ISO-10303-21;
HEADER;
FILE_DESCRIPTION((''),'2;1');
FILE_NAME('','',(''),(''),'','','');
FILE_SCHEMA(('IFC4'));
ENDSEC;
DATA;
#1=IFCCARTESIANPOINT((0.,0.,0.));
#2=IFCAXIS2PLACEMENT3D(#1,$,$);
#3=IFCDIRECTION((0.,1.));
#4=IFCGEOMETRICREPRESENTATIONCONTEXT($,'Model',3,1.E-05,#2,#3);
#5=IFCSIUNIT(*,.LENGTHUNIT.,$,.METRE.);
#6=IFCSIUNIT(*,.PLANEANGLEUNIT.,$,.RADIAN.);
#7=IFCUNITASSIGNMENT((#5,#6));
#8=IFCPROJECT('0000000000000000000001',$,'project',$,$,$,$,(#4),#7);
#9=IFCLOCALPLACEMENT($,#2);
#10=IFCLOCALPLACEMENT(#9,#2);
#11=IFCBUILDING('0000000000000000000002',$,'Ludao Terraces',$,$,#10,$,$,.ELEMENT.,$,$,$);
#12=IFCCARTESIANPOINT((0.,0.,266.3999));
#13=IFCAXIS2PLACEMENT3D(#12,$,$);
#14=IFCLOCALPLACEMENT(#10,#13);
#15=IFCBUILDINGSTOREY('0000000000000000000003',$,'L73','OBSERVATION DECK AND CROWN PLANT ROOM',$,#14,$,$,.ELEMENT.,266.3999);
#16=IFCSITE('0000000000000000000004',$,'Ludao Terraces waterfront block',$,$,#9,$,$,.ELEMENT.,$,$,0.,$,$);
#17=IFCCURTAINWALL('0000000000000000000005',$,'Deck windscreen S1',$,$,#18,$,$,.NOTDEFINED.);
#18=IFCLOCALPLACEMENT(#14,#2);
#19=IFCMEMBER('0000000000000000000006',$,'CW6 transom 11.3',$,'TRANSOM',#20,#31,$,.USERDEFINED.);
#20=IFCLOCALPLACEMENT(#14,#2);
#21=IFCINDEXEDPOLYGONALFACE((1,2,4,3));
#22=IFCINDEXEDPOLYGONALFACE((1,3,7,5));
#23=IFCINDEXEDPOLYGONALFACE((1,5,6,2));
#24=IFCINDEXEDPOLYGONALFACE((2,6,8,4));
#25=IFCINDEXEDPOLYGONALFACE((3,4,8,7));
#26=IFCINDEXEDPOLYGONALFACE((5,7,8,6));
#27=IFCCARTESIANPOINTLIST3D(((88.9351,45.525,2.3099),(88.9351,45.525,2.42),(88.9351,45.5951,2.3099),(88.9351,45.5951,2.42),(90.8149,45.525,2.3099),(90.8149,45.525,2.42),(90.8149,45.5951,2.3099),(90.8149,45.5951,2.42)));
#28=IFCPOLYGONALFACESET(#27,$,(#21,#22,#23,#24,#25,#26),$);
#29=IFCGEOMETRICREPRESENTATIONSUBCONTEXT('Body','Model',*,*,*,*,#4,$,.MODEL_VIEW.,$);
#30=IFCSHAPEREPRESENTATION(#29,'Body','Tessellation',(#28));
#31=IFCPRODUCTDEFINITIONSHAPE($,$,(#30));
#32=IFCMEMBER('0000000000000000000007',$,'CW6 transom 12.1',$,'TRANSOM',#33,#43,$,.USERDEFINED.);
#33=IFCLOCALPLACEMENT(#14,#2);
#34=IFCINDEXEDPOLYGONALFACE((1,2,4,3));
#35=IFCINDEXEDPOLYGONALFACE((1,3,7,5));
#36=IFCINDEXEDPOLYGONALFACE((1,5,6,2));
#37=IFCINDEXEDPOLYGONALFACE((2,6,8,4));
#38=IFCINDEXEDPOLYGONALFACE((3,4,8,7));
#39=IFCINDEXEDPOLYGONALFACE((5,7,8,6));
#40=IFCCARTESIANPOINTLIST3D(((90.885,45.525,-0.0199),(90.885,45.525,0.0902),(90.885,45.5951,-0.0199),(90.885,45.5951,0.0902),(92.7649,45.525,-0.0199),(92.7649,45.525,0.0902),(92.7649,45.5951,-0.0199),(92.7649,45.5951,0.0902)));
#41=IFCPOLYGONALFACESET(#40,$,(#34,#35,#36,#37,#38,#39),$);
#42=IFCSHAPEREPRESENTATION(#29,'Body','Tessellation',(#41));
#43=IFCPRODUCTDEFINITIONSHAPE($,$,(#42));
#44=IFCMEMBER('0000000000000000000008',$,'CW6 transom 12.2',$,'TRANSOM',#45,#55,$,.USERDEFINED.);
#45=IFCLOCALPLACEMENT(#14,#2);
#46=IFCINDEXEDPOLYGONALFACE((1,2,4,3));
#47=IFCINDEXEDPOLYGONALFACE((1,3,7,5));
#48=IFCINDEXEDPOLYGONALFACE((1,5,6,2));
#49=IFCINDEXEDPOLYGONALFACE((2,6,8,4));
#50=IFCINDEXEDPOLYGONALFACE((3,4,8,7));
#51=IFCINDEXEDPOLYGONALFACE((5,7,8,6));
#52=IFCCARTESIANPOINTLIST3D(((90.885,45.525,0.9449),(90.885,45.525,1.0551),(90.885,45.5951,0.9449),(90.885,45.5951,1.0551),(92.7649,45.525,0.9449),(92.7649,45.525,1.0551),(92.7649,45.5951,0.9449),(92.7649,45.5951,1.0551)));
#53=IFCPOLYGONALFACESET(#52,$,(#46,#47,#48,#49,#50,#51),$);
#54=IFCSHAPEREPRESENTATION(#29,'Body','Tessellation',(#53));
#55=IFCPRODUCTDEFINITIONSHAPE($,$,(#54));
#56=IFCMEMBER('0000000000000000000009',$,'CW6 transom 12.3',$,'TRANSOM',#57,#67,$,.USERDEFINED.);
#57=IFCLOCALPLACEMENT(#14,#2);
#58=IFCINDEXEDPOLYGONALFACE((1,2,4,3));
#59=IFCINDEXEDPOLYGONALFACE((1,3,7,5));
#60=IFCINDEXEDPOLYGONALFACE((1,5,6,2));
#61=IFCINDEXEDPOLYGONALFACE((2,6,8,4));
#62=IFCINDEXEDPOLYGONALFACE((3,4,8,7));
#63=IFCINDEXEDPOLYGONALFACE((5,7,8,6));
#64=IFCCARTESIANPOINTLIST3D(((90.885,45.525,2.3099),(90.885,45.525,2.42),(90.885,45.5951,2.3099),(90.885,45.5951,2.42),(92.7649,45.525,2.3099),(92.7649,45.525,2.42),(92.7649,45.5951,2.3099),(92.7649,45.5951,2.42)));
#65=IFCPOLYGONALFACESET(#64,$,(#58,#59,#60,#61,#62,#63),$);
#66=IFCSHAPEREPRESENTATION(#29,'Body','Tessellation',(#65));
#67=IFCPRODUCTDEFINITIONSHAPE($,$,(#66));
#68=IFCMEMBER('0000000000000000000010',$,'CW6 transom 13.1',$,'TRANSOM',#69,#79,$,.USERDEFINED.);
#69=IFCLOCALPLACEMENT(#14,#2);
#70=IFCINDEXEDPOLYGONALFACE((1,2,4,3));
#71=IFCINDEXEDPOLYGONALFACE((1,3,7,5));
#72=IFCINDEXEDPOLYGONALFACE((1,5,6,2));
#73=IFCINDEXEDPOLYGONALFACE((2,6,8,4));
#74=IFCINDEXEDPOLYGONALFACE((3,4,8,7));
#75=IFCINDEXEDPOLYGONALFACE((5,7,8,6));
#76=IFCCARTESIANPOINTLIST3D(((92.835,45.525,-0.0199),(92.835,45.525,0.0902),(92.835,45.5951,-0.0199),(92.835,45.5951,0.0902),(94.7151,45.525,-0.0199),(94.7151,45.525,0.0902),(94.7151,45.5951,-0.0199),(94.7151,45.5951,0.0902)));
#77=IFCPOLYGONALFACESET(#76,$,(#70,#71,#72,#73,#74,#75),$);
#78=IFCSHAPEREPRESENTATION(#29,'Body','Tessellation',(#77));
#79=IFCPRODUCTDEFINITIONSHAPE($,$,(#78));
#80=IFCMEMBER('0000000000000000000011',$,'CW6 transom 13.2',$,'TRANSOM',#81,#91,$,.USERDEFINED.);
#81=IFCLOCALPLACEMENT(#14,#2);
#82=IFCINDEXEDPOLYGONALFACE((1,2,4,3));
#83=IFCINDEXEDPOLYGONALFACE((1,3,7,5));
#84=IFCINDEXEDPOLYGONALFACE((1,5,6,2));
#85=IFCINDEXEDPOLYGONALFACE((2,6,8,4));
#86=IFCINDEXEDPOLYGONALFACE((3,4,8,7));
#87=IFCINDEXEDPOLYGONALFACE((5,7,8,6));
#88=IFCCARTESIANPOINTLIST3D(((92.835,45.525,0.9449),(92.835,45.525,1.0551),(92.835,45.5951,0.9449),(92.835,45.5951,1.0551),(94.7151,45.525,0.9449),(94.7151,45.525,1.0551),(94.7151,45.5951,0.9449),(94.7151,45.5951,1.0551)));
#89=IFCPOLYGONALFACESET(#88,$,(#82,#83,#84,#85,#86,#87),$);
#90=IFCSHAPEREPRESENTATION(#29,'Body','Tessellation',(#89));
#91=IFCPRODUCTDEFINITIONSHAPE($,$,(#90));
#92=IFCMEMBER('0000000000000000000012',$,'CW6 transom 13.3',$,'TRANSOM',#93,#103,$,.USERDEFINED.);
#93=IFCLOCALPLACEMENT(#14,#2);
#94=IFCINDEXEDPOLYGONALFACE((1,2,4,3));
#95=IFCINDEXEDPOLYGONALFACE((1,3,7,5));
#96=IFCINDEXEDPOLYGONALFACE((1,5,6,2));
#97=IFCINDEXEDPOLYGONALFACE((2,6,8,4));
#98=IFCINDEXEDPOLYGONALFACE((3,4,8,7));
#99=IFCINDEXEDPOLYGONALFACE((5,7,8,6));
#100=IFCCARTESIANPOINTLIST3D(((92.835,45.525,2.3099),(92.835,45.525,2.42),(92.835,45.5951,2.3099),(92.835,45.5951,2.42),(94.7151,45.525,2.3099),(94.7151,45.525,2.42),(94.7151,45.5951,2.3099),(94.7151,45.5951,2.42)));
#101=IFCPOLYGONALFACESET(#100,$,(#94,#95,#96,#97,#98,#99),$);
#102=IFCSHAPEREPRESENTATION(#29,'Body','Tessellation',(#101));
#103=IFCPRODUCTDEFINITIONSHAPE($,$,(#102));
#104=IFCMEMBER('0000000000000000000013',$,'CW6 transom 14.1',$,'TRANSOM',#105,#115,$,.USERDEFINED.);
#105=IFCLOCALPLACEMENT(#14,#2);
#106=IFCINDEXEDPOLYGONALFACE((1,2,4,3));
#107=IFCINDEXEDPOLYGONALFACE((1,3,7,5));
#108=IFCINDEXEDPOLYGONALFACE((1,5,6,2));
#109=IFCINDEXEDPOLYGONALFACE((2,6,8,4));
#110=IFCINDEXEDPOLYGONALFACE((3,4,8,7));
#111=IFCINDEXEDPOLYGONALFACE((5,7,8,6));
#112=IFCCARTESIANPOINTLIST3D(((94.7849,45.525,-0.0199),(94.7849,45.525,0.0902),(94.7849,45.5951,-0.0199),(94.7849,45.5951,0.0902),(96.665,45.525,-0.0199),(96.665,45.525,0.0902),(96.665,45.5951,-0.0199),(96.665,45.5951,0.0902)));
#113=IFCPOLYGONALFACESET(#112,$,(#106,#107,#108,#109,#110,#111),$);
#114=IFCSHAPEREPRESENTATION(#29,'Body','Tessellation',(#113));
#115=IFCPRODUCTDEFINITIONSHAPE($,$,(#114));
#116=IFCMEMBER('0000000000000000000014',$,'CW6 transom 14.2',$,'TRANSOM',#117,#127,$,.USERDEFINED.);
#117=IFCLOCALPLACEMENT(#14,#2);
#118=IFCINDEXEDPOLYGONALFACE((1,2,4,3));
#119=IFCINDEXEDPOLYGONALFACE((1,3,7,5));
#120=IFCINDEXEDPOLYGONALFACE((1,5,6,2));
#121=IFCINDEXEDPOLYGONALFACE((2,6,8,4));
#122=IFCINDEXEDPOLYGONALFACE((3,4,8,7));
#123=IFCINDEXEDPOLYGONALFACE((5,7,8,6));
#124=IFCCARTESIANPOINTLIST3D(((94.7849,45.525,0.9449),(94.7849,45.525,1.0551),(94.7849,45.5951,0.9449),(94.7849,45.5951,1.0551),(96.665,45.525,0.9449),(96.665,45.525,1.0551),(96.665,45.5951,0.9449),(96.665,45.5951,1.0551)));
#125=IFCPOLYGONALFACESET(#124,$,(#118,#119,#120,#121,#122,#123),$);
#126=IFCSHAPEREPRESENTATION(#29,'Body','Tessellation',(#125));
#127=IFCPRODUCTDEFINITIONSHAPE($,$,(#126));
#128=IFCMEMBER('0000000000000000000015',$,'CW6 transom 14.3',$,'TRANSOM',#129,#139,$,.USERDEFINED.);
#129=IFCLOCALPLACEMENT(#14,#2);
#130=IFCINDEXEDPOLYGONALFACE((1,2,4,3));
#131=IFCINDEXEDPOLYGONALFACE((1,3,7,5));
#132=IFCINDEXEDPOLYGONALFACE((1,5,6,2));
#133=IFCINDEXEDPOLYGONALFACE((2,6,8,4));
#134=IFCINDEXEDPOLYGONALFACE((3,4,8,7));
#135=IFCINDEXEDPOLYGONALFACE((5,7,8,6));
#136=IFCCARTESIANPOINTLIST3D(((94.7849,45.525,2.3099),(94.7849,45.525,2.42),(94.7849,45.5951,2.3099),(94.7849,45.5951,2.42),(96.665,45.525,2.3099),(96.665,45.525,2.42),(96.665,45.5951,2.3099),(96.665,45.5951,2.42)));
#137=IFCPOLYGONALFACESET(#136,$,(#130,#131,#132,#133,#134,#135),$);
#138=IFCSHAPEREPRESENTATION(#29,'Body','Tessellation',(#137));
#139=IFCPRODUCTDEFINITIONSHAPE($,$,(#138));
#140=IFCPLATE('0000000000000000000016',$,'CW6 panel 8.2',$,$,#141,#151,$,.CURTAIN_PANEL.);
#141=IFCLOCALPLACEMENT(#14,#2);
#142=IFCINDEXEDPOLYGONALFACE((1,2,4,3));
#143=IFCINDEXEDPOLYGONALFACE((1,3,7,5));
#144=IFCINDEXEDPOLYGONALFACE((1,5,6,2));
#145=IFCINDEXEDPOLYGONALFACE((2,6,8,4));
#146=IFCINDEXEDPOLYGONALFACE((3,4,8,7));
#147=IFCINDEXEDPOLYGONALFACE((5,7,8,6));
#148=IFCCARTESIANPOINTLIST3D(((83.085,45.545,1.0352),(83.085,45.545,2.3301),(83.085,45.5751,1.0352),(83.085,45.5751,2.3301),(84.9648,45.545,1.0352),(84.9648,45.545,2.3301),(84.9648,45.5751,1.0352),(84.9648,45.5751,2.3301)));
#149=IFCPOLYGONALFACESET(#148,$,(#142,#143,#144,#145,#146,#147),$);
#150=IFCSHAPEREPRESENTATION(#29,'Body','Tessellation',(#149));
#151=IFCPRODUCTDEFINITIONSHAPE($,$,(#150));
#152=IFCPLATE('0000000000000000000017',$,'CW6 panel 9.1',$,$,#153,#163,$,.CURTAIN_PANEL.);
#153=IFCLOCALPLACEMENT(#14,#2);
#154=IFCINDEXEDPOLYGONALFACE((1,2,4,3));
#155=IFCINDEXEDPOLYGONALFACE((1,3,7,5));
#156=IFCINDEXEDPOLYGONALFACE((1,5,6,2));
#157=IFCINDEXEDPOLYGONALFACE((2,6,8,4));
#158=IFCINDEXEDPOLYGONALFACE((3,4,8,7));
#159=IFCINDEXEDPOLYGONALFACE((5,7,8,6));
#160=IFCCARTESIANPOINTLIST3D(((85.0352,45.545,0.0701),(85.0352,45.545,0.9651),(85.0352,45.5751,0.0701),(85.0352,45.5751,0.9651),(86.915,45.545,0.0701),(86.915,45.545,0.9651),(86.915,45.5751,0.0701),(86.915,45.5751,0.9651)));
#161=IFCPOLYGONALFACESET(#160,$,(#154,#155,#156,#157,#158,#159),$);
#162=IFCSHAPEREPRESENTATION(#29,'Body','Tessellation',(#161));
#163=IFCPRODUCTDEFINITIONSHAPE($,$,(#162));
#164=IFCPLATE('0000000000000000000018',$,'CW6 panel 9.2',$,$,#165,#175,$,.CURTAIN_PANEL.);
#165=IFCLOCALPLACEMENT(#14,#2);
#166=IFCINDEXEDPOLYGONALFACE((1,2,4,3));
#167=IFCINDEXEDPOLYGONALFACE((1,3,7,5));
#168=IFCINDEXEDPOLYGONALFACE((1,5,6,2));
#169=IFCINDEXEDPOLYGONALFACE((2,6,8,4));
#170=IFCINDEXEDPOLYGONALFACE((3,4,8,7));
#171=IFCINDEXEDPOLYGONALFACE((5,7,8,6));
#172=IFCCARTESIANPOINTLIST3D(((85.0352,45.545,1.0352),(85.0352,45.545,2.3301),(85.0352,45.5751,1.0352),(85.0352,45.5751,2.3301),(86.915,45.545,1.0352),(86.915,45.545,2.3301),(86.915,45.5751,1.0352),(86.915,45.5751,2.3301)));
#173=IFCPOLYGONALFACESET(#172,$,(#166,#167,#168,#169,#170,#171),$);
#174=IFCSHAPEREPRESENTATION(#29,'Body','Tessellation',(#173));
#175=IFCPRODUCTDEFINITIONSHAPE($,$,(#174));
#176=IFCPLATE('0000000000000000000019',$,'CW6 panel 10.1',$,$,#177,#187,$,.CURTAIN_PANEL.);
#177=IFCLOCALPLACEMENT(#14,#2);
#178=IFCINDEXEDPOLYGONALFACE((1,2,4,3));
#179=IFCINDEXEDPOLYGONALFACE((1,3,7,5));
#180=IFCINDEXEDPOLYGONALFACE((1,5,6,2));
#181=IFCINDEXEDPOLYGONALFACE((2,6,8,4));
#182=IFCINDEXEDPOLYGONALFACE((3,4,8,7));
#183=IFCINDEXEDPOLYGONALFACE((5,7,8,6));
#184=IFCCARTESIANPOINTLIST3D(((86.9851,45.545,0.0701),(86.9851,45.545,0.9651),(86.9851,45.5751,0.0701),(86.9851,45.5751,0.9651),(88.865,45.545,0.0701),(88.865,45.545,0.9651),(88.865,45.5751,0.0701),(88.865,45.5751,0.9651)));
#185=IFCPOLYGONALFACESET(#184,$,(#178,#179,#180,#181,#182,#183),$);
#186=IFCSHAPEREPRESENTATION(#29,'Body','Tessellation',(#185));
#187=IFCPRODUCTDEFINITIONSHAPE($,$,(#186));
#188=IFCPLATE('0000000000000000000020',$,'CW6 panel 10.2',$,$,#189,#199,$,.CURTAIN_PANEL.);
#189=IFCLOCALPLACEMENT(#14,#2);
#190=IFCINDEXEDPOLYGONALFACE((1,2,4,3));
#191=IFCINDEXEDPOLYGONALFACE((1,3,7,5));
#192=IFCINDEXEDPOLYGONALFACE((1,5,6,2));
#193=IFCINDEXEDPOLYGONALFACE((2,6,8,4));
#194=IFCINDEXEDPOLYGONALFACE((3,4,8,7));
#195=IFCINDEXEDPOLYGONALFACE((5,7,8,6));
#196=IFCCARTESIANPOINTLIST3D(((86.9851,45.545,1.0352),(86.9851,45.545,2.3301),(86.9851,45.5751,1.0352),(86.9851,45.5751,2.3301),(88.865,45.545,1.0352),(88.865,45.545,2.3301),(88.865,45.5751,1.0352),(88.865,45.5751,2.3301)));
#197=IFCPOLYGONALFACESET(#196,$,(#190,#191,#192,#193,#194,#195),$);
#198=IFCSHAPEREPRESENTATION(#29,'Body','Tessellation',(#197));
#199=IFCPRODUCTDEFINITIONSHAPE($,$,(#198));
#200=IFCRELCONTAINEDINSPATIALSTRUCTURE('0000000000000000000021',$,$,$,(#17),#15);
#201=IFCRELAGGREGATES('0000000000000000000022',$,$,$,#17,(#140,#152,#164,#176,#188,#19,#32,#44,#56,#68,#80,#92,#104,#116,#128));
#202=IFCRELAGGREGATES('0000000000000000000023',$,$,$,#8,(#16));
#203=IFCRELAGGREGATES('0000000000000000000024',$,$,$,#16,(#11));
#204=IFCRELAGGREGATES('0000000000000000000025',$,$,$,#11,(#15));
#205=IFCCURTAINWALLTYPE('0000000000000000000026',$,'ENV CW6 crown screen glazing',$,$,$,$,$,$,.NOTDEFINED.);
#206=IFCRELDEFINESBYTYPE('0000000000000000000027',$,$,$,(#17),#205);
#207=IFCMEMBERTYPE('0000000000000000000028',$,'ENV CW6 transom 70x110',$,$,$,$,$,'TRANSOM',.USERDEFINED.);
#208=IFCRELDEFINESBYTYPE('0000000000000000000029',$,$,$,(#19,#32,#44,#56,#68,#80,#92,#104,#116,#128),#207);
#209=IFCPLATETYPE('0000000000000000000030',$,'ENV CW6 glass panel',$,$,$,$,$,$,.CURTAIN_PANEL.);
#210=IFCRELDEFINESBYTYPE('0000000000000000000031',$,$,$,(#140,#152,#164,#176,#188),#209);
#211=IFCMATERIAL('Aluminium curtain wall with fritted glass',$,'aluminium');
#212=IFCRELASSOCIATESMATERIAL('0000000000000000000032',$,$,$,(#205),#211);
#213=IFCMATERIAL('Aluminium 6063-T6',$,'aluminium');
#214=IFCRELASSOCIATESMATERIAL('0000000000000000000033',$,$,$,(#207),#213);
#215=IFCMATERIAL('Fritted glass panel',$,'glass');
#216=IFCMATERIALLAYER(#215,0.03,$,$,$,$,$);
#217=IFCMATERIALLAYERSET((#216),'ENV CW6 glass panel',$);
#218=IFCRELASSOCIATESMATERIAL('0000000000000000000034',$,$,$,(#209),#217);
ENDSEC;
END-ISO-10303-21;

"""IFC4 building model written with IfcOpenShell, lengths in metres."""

from ifc_helpers import new_model, si_unit, direction, frame, origin, origin_2d, place, context, subcontext, project, spatial, rectangle, extrude, material, layer, layer_set, material_profile, profile_set, type_object, element, aggregate, save


model = new_model("IFC4")

# Units and contexts
model_context = context("Model", 3, precision=1e-05, world=origin(), true_north=direction((0.0, 1.0)))
body_context = subcontext(model_context, "Body", "Model", "MODEL_VIEW")
ifc_project = project(units=[si_unit("LENGTHUNIT", "METRE"), si_unit("PLANEANGLEUNIT", "RADIAN")], contexts=[model_context])

# Site, building, storey
site_placement = place(None, origin())
site = spatial("IfcSite", under=ifc_project, at=site_placement, Name="Ludao Terraces waterfront block", CompositionType="ELEMENT", RefElevation=0.0)
building_placement = place(site_placement, origin())
building = spatial("IfcBuilding", under=site, at=building_placement, Name="Ludao Terraces", CompositionType="ELEMENT")
storey_placement = place(building_placement, frame((0.0, 0.0, 266.3999)))
storey = spatial("IfcBuildingStorey", under=building, at=storey_placement, Name="L73", Description="OBSERVATION DECK AND CROWN PLANT ROOM", CompositionType="ELEMENT", Elevation=266.3999)

# Curtain wall, members, plates
ifc_material_1 = material(Name="Aluminium curtain wall with fritted glass", Category="aluminium")
curtain_wall_type = type_object("IfcCurtainWallType", Name="ENV CW6 crown screen glazing", PredefinedType="NOTDEFINED", material=ifc_material_1)
curtain_wall_placement = place(storey_placement, origin())
curtain_wall = element("IfcCurtainWall", 1, at=curtain_wall_placement, inside=storey, type_object=curtain_wall_type, Name="Deck windscreen S1", PredefinedType="NOTDEFINED")
ifc_material_2 = material(Name="Aluminium 6063-T6", Category="aluminium")
ifc_material_profile_1 = material_profile(ifc_material_2, rectangle(XDim=0.0701, YDim=0.1101, at=origin_2d()), Name="70 X 110")
ifc_profile_set_1 = profile_set([ifc_material_profile_1], Name="Aluminium 6063-T6")
member_type_1 = type_object("IfcMemberType", Name="ENV CW6 transom 70x110", ElementType="TRANSOM", PredefinedType="USERDEFINED", material=ifc_profile_set_1)
member_1_placement = place(storey_placement, frame((88.9351, 45.5601, 2.365), z_axis=(1.0, 0.0, 0.0), x_axis=(0.0, 1.0, 0.0)))
member_1 = element("IfcMember", 2, at=member_1_placement, type_object=member_type_1, Name="CW6 transom 11.3", ObjectType="TRANSOM", PredefinedType="USERDEFINED", context=body_context, shape_type="SweptSolid", body=[
    extrude(rectangle(XDim=0.0701, YDim=0.1101, at=origin_2d()), origin(), (0.0, 0.0, 1.0), 1.8799),
])
member_2_placement = place(storey_placement, frame((90.885, 45.5601, 0.0352), z_axis=(1.0, 0.0, 0.0), x_axis=(0.0, 1.0, 0.0)))
member_2 = element("IfcMember", 3, at=member_2_placement, type_object=member_type_1, Name="CW6 transom 12.1", ObjectType="TRANSOM", PredefinedType="USERDEFINED", context=body_context, shape_type="SweptSolid", body=[
    extrude(rectangle(XDim=0.0701, YDim=0.1101, at=origin_2d()), origin(), (0.0, 0.0, 1.0), 1.8799),
])
member_3_placement = place(storey_placement, frame((90.885, 45.5601, 1.0), z_axis=(1.0, 0.0, 0.0), x_axis=(0.0, 1.0, 0.0)))
member_3 = element("IfcMember", 4, at=member_3_placement, type_object=member_type_1, Name="CW6 transom 12.2", ObjectType="TRANSOM", PredefinedType="USERDEFINED", context=body_context, shape_type="SweptSolid", body=[
    extrude(rectangle(XDim=0.0701, YDim=0.1101, at=origin_2d()), origin(), (0.0, 0.0, 1.0), 1.8799),
])
member_4_placement = place(storey_placement, frame((90.885, 45.5601, 2.365), z_axis=(1.0, 0.0, 0.0), x_axis=(0.0, 1.0, 0.0)))
member_4 = element("IfcMember", 5, at=member_4_placement, type_object=member_type_1, Name="CW6 transom 12.3", ObjectType="TRANSOM", PredefinedType="USERDEFINED", context=body_context, shape_type="SweptSolid", body=[
    extrude(rectangle(XDim=0.0701, YDim=0.1101, at=origin_2d()), origin(), (0.0, 0.0, 1.0), 1.8799),
])
member_5_placement = place(storey_placement, frame((92.835, 45.5601, 0.0352), z_axis=(1.0, 0.0, 0.0), x_axis=(0.0, 1.0, 0.0)))
member_5 = element("IfcMember", 6, at=member_5_placement, type_object=member_type_1, Name="CW6 transom 13.1", ObjectType="TRANSOM", PredefinedType="USERDEFINED", context=body_context, shape_type="SweptSolid", body=[
    extrude(rectangle(XDim=0.0701, YDim=0.1101, at=origin_2d()), origin(), (0.0, 0.0, 1.0), 1.8801),
])
member_6_placement = place(storey_placement, frame((92.835, 45.5601, 1.0), z_axis=(1.0, 0.0, 0.0), x_axis=(0.0, 1.0, 0.0)))
member_6 = element("IfcMember", 7, at=member_6_placement, type_object=member_type_1, Name="CW6 transom 13.2", ObjectType="TRANSOM", PredefinedType="USERDEFINED", context=body_context, shape_type="SweptSolid", body=[
    extrude(rectangle(XDim=0.0701, YDim=0.1101, at=origin_2d()), origin(), (0.0, 0.0, 1.0), 1.8801),
])
member_7_placement = place(storey_placement, frame((92.835, 45.5601, 2.365), z_axis=(1.0, 0.0, 0.0), x_axis=(0.0, 1.0, 0.0)))
member_7 = element("IfcMember", 8, at=member_7_placement, type_object=member_type_1, Name="CW6 transom 13.3", ObjectType="TRANSOM", PredefinedType="USERDEFINED", context=body_context, shape_type="SweptSolid", body=[
    extrude(rectangle(XDim=0.0701, YDim=0.1101, at=origin_2d()), origin(), (0.0, 0.0, 1.0), 1.8801),
])
member_8_placement = place(storey_placement, frame((94.7849, 45.5601, 0.0352), z_axis=(1.0, 0.0, 0.0), x_axis=(0.0, 1.0, 0.0)))
member_8 = element("IfcMember", 9, at=member_8_placement, type_object=member_type_1, Name="CW6 transom 14.1", ObjectType="TRANSOM", PredefinedType="USERDEFINED", context=body_context, shape_type="SweptSolid", body=[
    extrude(rectangle(XDim=0.0701, YDim=0.1101, at=origin_2d()), origin(), (0.0, 0.0, 1.0), 1.8801),
])
member_9_placement = place(storey_placement, frame((94.7849, 45.5601, 1.0), z_axis=(1.0, 0.0, 0.0), x_axis=(0.0, 1.0, 0.0)))
member_9 = element("IfcMember", 10, at=member_9_placement, type_object=member_type_1, Name="CW6 transom 14.2", ObjectType="TRANSOM", PredefinedType="USERDEFINED", context=body_context, shape_type="SweptSolid", body=[
    extrude(rectangle(XDim=0.0701, YDim=0.1101, at=origin_2d()), origin(), (0.0, 0.0, 1.0), 1.8801),
])
member_10_placement = place(storey_placement, frame((94.7849, 45.5601, 2.365), z_axis=(1.0, 0.0, 0.0), x_axis=(0.0, 1.0, 0.0)))
member_10 = element("IfcMember", 11, at=member_10_placement, type_object=member_type_1, Name="CW6 transom 14.3", ObjectType="TRANSOM", PredefinedType="USERDEFINED", context=body_context, shape_type="SweptSolid", body=[
    extrude(rectangle(XDim=0.0701, YDim=0.1101, at=origin_2d()), origin(), (0.0, 0.0, 1.0), 1.8801),
])
ifc_material_3 = material(Name="Fritted glass panel", Category="glass")
ifc_layer = layer(ifc_material_3, 0.03)
ifc_layer_set = layer_set([ifc_layer], Name="ENV CW6 glass panel")
plate_type = type_object("IfcPlateType", Name="ENV CW6 glass panel", PredefinedType="CURTAIN_PANEL", material=ifc_layer_set)
plate_1_placement = place(storey_placement, frame((84.0249, 45.5601, 1.0352), z_axis=(0.0, 0.0, 1.0), x_axis=(1.0, 0.0, 0.0)))
plate_1 = element("IfcPlate", 12, at=plate_1_placement, type_object=plate_type, Name="CW6 panel 8.2", PredefinedType="CURTAIN_PANEL", context=body_context, shape_type="SweptSolid", body=[
    extrude(rectangle(XDim=1.8799, YDim=0.03, at=origin_2d()), origin(), (0.0, 0.0, 1.0), 1.2949),
])
plate_2_placement = place(storey_placement, frame((85.9751, 45.5601, 0.0701), z_axis=(0.0, 0.0, 1.0), x_axis=(1.0, 0.0, 0.0)))
plate_2 = element("IfcPlate", 13, at=plate_2_placement, type_object=plate_type, Name="CW6 panel 9.1", PredefinedType="CURTAIN_PANEL", context=body_context, shape_type="SweptSolid", body=[
    extrude(rectangle(XDim=1.8799, YDim=0.03, at=origin_2d()), origin(), (0.0, 0.0, 1.0), 0.895),
])
plate_3_placement = place(storey_placement, frame((85.9751, 45.5601, 1.0352), z_axis=(0.0, 0.0, 1.0), x_axis=(1.0, 0.0, 0.0)))
plate_3 = element("IfcPlate", 14, at=plate_3_placement, type_object=plate_type, Name="CW6 panel 9.2", PredefinedType="CURTAIN_PANEL", context=body_context, shape_type="SweptSolid", body=[
    extrude(rectangle(XDim=1.8799, YDim=0.03, at=origin_2d()), origin(), (0.0, 0.0, 1.0), 1.2949),
])
plate_4_placement = place(storey_placement, frame((87.925, 45.5601, 0.0701), z_axis=(0.0, 0.0, 1.0), x_axis=(1.0, 0.0, 0.0)))
plate_4 = element("IfcPlate", 15, at=plate_4_placement, type_object=plate_type, Name="CW6 panel 10.1", PredefinedType="CURTAIN_PANEL", context=body_context, shape_type="SweptSolid", body=[
    extrude(rectangle(XDim=1.8799, YDim=0.03, at=origin_2d()), origin(), (0.0, 0.0, 1.0), 0.895),
])
plate_5_placement = place(storey_placement, frame((87.925, 45.5601, 1.0352), z_axis=(0.0, 0.0, 1.0), x_axis=(1.0, 0.0, 0.0)))
plate_5 = element("IfcPlate", 16, at=plate_5_placement, type_object=plate_type, Name="CW6 panel 10.2", PredefinedType="CURTAIN_PANEL", context=body_context, shape_type="SweptSolid", body=[
    extrude(rectangle(XDim=1.8799, YDim=0.03, at=origin_2d()), origin(), (0.0, 0.0, 1.0), 1.2949),
])
aggregate(curtain_wall, [plate_1, plate_2, plate_3, plate_4, plate_5, member_1, member_2, member_3, member_4, member_5, member_6, member_7, member_8, member_9, member_10])

save(model, "model.ifc")
